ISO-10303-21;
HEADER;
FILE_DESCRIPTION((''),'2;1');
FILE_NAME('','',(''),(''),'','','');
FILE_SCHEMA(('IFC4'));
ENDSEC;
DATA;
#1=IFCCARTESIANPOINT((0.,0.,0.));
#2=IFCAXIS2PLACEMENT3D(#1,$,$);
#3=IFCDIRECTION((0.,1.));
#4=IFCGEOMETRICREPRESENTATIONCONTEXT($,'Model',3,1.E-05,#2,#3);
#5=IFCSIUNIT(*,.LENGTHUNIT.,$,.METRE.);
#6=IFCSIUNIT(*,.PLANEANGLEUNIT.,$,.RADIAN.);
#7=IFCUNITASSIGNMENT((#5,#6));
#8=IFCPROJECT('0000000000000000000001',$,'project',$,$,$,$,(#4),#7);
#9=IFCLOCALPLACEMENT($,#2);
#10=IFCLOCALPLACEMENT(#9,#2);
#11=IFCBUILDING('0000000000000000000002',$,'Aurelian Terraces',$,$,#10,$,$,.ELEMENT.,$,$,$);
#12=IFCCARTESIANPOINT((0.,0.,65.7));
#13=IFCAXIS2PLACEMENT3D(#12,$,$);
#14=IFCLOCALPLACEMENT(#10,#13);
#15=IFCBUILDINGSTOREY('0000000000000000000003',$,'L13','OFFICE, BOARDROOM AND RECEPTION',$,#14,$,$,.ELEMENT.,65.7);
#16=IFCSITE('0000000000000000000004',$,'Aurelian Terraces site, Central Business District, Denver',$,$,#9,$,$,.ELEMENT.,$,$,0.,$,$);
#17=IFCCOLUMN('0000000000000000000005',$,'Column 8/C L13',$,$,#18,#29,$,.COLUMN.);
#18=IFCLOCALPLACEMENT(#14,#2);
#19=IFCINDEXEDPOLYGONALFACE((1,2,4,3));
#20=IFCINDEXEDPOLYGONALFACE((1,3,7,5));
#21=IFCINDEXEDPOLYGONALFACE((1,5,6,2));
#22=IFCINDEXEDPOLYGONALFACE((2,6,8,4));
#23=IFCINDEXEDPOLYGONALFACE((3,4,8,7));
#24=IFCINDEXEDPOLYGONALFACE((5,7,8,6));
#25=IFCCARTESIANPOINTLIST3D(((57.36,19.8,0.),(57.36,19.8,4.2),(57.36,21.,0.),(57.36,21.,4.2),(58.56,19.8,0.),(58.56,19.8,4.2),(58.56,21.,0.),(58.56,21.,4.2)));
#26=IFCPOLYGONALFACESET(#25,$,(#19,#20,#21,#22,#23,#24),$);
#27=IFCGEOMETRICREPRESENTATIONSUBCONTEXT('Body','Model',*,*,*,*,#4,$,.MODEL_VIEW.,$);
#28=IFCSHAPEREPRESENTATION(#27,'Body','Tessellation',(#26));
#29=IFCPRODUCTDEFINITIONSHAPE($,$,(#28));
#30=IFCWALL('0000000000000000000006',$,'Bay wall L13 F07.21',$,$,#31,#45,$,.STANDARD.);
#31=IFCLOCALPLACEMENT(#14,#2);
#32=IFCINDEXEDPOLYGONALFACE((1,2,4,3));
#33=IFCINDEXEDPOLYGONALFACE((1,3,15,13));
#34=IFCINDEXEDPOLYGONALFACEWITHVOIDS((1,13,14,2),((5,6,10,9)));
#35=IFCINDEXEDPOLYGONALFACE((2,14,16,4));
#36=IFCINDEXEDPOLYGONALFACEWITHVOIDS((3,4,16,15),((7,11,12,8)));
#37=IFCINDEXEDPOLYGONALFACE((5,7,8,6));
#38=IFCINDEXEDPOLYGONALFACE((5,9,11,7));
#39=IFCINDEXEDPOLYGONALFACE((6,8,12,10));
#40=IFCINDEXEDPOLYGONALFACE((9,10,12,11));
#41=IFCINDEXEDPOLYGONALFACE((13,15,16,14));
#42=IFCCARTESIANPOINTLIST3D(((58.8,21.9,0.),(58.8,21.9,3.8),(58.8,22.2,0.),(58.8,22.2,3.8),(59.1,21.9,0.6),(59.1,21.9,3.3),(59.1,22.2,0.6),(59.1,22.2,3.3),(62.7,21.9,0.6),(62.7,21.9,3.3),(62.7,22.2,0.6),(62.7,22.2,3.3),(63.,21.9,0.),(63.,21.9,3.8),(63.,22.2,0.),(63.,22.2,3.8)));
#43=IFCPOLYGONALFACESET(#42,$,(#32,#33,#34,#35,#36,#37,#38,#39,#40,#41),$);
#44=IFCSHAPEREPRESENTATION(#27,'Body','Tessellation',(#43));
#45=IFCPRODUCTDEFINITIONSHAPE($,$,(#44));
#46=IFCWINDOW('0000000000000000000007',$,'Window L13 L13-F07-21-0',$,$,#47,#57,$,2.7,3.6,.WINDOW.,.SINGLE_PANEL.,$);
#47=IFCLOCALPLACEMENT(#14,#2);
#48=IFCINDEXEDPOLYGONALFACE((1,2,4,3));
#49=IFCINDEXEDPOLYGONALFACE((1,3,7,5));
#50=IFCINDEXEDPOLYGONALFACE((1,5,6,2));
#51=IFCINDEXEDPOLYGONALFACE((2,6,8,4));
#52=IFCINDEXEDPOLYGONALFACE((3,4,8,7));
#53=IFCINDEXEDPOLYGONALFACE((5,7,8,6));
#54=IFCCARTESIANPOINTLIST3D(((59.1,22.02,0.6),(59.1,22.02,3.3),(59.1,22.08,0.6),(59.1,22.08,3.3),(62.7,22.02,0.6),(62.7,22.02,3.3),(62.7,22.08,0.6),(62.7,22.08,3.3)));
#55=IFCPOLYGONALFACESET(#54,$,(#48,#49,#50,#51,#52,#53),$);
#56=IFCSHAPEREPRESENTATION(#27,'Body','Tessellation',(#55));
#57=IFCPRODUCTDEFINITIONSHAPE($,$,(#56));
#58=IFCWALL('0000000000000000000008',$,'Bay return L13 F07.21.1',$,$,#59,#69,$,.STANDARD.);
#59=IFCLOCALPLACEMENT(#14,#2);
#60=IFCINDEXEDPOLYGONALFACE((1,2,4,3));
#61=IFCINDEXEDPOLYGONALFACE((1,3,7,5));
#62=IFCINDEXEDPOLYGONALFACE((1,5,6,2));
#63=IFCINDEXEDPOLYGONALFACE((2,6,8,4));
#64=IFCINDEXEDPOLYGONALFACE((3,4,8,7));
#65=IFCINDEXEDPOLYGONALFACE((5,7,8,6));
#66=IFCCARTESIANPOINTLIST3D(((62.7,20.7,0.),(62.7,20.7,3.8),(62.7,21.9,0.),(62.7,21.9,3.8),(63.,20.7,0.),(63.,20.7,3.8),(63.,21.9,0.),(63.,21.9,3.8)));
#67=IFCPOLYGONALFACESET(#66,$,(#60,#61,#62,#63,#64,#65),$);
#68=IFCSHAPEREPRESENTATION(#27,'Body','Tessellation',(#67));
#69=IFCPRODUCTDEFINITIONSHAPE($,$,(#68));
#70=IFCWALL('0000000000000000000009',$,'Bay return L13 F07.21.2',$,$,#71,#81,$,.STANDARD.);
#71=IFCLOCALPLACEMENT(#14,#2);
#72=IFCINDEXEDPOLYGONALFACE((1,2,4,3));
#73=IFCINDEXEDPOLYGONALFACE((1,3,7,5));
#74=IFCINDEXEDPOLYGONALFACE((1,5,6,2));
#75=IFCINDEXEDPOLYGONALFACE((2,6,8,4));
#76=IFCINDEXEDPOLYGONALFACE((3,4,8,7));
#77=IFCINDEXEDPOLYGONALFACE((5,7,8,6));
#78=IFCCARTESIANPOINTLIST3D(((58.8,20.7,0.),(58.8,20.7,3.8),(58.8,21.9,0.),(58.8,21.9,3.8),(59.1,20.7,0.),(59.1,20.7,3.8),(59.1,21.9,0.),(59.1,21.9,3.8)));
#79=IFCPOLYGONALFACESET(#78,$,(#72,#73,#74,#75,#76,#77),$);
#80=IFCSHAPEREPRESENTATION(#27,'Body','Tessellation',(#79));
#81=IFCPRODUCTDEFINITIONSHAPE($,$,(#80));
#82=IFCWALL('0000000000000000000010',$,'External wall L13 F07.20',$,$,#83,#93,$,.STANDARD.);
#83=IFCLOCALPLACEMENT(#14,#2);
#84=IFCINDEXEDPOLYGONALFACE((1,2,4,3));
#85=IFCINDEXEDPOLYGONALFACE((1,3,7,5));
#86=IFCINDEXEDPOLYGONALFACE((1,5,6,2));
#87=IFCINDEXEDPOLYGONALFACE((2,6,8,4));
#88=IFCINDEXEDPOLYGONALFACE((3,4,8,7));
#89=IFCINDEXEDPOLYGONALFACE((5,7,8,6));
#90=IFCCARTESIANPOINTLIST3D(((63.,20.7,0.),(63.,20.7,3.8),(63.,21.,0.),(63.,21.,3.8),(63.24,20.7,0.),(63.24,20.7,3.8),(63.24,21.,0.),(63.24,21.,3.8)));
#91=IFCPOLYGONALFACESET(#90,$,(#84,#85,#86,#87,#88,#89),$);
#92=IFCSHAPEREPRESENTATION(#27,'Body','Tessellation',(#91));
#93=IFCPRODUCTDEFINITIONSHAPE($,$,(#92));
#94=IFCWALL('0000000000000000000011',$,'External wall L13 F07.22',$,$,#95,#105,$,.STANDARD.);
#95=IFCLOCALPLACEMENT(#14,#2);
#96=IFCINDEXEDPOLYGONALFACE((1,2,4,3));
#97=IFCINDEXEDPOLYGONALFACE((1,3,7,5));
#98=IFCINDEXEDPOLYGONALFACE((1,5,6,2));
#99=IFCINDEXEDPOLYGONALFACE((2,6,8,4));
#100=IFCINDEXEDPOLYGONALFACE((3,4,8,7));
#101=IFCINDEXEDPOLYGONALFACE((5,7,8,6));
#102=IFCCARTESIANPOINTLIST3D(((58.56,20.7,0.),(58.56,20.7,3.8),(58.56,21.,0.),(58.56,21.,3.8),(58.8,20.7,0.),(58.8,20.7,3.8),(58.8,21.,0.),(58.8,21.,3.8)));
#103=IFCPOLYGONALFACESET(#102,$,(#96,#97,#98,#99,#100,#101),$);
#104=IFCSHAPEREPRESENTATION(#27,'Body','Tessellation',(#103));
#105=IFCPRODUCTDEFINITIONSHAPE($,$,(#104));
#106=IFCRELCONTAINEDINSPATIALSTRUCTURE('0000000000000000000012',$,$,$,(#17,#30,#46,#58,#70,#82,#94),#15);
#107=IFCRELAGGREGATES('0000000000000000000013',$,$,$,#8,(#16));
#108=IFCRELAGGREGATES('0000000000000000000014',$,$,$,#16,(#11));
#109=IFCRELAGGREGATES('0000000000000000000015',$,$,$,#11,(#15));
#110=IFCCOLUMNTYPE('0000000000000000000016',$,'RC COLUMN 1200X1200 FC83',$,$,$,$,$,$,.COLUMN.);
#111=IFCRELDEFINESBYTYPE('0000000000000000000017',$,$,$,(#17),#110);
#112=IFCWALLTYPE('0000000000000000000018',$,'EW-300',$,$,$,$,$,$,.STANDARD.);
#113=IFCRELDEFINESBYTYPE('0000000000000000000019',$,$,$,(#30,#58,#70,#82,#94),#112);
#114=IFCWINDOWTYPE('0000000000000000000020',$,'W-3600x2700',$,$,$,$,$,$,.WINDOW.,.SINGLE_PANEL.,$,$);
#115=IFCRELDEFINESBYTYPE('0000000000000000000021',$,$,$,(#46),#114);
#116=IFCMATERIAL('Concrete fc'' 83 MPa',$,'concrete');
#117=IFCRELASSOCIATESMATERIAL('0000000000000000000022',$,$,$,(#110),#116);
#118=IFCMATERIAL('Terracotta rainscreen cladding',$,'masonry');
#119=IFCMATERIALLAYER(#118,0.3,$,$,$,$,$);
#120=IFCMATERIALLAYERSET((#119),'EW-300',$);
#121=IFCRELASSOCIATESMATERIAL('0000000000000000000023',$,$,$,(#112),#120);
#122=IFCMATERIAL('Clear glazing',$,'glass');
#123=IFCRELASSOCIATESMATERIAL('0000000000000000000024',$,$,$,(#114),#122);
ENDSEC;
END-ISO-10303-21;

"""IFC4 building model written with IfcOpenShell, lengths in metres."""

from ifc_helpers import new_model, si_unit, direction, frame, frame_2d, origin, origin_2d, place, context, subcontext, project, spatial, rectangle, extrude, source, transform, mapped, material, layer, layer_set, material_profile, profile_set, type_object, element, fill, save


model = new_model("IFC4")

# Units and contexts
model_context = context("Model", 3, precision=1e-05, world=origin(), true_north=direction((0.0, 1.0)))
body_context = subcontext(model_context, "Body", "Model", "MODEL_VIEW")
ifc_project = project(units=[si_unit("LENGTHUNIT", "METRE"), si_unit("PLANEANGLEUNIT", "RADIAN")], contexts=[model_context])

# Site, building, storey
site_placement = place(None, origin())
site = spatial("IfcSite", under=ifc_project, at=site_placement, Name="Aurelian Terraces site, Central Business District, Denver", CompositionType="ELEMENT", RefElevation=0.0)
building_placement = place(site_placement, origin())
building = spatial("IfcBuilding", under=site, at=building_placement, Name="Aurelian Terraces", CompositionType="ELEMENT")
storey_placement = place(building_placement, frame((0.0, 0.0, 65.7)))
storey = spatial("IfcBuildingStorey", under=building, at=storey_placement, Name="L13", Description="OFFICE, BOARDROOM AND RECEPTION", CompositionType="ELEMENT", Elevation=65.7)

# Column
ifc_material_1 = material(Name="Concrete fc' 83 MPa", Category="concrete")
ifc_material_profile = material_profile(ifc_material_1, rectangle(XDim=1.2, YDim=1.2, at=origin_2d()))
ifc_profile_set = profile_set([ifc_material_profile], Name="Concrete fc' 83 MPa")
column_type = type_object("IfcColumnType", Name="RC COLUMN 1200X1200 FC83", PredefinedType="COLUMN", material=ifc_profile_set)
shared_shape_1 = source(origin(), body_context, "Body", "SweptSolid", [
    extrude(rectangle(XDim=1.2, YDim=1.2, at=origin_2d()), origin(), (0.0, 0.0, 1.0), 4.2),
])
column_placement = place(storey_placement, frame((57.96, 20.4, 0.0), z_axis=(0.0, 0.0, 1.0), x_axis=(1.0, 0.0, 0.0)))
element("IfcColumn", 1, at=column_placement, inside=storey, type_object=column_type, Name="Column 8/C L13", PredefinedType="COLUMN", context=body_context, shape_type="MappedRepresentation", body=[
    mapped(shared_shape_1, transform((0.0, 0.0, 0.0), scale=1.0)),
])

# Wall, opening, window
ifc_material_2 = material(Name="Terracotta rainscreen cladding", Category="masonry")
ifc_layer_1 = layer(ifc_material_2, 0.3)
ifc_layer_set_1 = layer_set([ifc_layer_1], Name="EW-300")
wall_type_1 = type_object("IfcWallType", Name="EW-300", PredefinedType="STANDARD", material=ifc_layer_set_1)
shared_shape_2 = source(origin(), body_context, "Body", "SweptSolid", [
    extrude(rectangle(XDim=4.2, YDim=0.3, at=frame_2d((2.1, 0.0))), origin(), (0.0, 0.0, 1.0), 3.8),
])
wall_1_placement = place(storey_placement, frame((63.0, 22.05, 0.0), z_axis=(0.0, 0.0, 1.0), x_axis=(-1.0, 0.0, 0.0)))
wall_1 = element("IfcWall", 2, at=wall_1_placement, inside=storey, type_object=wall_type_1, Name="Bay wall L13 F07.21", PredefinedType="STANDARD", context=body_context, shape_type="MappedRepresentation", body=[
    mapped(shared_shape_2, transform((0.0, 0.0, 0.0), scale=1.0)),
])
shared_shape_3 = source(origin(), body_context, "Body", "SweptSolid", [
    extrude(rectangle(XDim=3.6, YDim=2.7, at=frame_2d((1.8, 1.35))), frame((0.0, 0.16, 0.0), z_axis=(0.0, -1.0, 0.0), x_axis=(1.0, 0.0, 0.0)), (0.0, 0.0, 1.0), 0.32),
])
opening_1_placement = place(wall_1_placement, frame((0.3, 0.0, 0.6)))
opening_1 = element("IfcOpeningElement", 3, at=opening_1_placement, cuts=wall_1, PredefinedType="OPENING", context=body_context, shape_type="MappedRepresentation", body=[
    mapped(shared_shape_3, transform((0.0, 0.0, 0.0), scale=1.0)),
])
ifc_material_3 = material(Name="Clear glazing", Category="glass")
window_type_1 = type_object("IfcWindowType", Name="W-3600x2700", PartitioningType="SINGLE_PANEL", PredefinedType="WINDOW", material=ifc_material_3)
shared_shape_4 = source(origin(), body_context, "Body", "SweptSolid", [
    extrude(rectangle(XDim=3.6, YDim=2.7, at=frame_2d((1.8, 1.35))), frame((0.0, 0.03, 0.0), z_axis=(0.0, -1.0, 0.0), x_axis=(1.0, 0.0, 0.0)), (0.0, 0.0, 1.0), 0.06),
])
window_1_placement = place(opening_1_placement, origin())
window_1 = element("IfcWindow", 4, at=window_1_placement, inside=storey, type_object=window_type_1, Name="Window L13 L13-F07-21-0", OverallHeight=2.7, OverallWidth=3.6, PartitioningType="SINGLE_PANEL", PredefinedType="WINDOW", context=body_context, shape_type="MappedRepresentation", body=[
    mapped(shared_shape_4, transform((0.0, 0.0, 0.0), scale=1.0)),
])
fill(opening_1, window_1)

# Walls
shared_shape_5 = source(origin(), body_context, "Body", "SweptSolid", [
    extrude(rectangle(XDim=1.2, YDim=0.3, at=frame_2d((0.6, 0.0))), origin(), (0.0, 0.0, 1.0), 3.8),
])
for number, where, z_axis, x_axis, name in (
    (5, (62.85, 20.7, 0.0), (0.0, 0.0, 1.0), (0.0, 1.0, 0.0), "Bay return L13 F07.21.1"),
    (6, (58.95, 20.7, 0.0), (0.0, 0.0, 1.0), (0.0, 1.0, 0.0), "Bay return L13 F07.21.2"),
):
    element("IfcWall", number, at=place(storey_placement, frame(where, z_axis=z_axis, x_axis=x_axis)), inside=storey, type_object=wall_type_1, Name=name, PredefinedType="STANDARD", context=body_context, shape_type="MappedRepresentation", body=[
        mapped(shared_shape_5, transform((0.0, 0.0, 0.0), scale=1.0)),
    ])
shared_shape_6 = source(origin(), body_context, "Body", "SweptSolid", [
    extrude(rectangle(XDim=0.24, YDim=0.3, at=frame_2d((0.12, 0.0))), origin(), (0.0, 0.0, 1.0), 3.8),
])
for number, where, z_axis, x_axis, name in (
    (7, (63.24, 20.85, 0.0), (0.0, 0.0, 1.0), (-1.0, 0.0, 0.0), "External wall L13 F07.20"),
    (8, (58.8, 20.85, 0.0), (0.0, 0.0, 1.0), (-1.0, 0.0, 0.0), "External wall L13 F07.22"),
):
    element("IfcWall", number, at=place(storey_placement, frame(where, z_axis=z_axis, x_axis=x_axis)), inside=storey, type_object=wall_type_1, Name=name, PredefinedType="STANDARD", context=body_context, shape_type="MappedRepresentation", body=[
        mapped(shared_shape_6, transform((0.0, 0.0, 0.0), scale=1.0)),
    ])

save(model, "model.ifc")
